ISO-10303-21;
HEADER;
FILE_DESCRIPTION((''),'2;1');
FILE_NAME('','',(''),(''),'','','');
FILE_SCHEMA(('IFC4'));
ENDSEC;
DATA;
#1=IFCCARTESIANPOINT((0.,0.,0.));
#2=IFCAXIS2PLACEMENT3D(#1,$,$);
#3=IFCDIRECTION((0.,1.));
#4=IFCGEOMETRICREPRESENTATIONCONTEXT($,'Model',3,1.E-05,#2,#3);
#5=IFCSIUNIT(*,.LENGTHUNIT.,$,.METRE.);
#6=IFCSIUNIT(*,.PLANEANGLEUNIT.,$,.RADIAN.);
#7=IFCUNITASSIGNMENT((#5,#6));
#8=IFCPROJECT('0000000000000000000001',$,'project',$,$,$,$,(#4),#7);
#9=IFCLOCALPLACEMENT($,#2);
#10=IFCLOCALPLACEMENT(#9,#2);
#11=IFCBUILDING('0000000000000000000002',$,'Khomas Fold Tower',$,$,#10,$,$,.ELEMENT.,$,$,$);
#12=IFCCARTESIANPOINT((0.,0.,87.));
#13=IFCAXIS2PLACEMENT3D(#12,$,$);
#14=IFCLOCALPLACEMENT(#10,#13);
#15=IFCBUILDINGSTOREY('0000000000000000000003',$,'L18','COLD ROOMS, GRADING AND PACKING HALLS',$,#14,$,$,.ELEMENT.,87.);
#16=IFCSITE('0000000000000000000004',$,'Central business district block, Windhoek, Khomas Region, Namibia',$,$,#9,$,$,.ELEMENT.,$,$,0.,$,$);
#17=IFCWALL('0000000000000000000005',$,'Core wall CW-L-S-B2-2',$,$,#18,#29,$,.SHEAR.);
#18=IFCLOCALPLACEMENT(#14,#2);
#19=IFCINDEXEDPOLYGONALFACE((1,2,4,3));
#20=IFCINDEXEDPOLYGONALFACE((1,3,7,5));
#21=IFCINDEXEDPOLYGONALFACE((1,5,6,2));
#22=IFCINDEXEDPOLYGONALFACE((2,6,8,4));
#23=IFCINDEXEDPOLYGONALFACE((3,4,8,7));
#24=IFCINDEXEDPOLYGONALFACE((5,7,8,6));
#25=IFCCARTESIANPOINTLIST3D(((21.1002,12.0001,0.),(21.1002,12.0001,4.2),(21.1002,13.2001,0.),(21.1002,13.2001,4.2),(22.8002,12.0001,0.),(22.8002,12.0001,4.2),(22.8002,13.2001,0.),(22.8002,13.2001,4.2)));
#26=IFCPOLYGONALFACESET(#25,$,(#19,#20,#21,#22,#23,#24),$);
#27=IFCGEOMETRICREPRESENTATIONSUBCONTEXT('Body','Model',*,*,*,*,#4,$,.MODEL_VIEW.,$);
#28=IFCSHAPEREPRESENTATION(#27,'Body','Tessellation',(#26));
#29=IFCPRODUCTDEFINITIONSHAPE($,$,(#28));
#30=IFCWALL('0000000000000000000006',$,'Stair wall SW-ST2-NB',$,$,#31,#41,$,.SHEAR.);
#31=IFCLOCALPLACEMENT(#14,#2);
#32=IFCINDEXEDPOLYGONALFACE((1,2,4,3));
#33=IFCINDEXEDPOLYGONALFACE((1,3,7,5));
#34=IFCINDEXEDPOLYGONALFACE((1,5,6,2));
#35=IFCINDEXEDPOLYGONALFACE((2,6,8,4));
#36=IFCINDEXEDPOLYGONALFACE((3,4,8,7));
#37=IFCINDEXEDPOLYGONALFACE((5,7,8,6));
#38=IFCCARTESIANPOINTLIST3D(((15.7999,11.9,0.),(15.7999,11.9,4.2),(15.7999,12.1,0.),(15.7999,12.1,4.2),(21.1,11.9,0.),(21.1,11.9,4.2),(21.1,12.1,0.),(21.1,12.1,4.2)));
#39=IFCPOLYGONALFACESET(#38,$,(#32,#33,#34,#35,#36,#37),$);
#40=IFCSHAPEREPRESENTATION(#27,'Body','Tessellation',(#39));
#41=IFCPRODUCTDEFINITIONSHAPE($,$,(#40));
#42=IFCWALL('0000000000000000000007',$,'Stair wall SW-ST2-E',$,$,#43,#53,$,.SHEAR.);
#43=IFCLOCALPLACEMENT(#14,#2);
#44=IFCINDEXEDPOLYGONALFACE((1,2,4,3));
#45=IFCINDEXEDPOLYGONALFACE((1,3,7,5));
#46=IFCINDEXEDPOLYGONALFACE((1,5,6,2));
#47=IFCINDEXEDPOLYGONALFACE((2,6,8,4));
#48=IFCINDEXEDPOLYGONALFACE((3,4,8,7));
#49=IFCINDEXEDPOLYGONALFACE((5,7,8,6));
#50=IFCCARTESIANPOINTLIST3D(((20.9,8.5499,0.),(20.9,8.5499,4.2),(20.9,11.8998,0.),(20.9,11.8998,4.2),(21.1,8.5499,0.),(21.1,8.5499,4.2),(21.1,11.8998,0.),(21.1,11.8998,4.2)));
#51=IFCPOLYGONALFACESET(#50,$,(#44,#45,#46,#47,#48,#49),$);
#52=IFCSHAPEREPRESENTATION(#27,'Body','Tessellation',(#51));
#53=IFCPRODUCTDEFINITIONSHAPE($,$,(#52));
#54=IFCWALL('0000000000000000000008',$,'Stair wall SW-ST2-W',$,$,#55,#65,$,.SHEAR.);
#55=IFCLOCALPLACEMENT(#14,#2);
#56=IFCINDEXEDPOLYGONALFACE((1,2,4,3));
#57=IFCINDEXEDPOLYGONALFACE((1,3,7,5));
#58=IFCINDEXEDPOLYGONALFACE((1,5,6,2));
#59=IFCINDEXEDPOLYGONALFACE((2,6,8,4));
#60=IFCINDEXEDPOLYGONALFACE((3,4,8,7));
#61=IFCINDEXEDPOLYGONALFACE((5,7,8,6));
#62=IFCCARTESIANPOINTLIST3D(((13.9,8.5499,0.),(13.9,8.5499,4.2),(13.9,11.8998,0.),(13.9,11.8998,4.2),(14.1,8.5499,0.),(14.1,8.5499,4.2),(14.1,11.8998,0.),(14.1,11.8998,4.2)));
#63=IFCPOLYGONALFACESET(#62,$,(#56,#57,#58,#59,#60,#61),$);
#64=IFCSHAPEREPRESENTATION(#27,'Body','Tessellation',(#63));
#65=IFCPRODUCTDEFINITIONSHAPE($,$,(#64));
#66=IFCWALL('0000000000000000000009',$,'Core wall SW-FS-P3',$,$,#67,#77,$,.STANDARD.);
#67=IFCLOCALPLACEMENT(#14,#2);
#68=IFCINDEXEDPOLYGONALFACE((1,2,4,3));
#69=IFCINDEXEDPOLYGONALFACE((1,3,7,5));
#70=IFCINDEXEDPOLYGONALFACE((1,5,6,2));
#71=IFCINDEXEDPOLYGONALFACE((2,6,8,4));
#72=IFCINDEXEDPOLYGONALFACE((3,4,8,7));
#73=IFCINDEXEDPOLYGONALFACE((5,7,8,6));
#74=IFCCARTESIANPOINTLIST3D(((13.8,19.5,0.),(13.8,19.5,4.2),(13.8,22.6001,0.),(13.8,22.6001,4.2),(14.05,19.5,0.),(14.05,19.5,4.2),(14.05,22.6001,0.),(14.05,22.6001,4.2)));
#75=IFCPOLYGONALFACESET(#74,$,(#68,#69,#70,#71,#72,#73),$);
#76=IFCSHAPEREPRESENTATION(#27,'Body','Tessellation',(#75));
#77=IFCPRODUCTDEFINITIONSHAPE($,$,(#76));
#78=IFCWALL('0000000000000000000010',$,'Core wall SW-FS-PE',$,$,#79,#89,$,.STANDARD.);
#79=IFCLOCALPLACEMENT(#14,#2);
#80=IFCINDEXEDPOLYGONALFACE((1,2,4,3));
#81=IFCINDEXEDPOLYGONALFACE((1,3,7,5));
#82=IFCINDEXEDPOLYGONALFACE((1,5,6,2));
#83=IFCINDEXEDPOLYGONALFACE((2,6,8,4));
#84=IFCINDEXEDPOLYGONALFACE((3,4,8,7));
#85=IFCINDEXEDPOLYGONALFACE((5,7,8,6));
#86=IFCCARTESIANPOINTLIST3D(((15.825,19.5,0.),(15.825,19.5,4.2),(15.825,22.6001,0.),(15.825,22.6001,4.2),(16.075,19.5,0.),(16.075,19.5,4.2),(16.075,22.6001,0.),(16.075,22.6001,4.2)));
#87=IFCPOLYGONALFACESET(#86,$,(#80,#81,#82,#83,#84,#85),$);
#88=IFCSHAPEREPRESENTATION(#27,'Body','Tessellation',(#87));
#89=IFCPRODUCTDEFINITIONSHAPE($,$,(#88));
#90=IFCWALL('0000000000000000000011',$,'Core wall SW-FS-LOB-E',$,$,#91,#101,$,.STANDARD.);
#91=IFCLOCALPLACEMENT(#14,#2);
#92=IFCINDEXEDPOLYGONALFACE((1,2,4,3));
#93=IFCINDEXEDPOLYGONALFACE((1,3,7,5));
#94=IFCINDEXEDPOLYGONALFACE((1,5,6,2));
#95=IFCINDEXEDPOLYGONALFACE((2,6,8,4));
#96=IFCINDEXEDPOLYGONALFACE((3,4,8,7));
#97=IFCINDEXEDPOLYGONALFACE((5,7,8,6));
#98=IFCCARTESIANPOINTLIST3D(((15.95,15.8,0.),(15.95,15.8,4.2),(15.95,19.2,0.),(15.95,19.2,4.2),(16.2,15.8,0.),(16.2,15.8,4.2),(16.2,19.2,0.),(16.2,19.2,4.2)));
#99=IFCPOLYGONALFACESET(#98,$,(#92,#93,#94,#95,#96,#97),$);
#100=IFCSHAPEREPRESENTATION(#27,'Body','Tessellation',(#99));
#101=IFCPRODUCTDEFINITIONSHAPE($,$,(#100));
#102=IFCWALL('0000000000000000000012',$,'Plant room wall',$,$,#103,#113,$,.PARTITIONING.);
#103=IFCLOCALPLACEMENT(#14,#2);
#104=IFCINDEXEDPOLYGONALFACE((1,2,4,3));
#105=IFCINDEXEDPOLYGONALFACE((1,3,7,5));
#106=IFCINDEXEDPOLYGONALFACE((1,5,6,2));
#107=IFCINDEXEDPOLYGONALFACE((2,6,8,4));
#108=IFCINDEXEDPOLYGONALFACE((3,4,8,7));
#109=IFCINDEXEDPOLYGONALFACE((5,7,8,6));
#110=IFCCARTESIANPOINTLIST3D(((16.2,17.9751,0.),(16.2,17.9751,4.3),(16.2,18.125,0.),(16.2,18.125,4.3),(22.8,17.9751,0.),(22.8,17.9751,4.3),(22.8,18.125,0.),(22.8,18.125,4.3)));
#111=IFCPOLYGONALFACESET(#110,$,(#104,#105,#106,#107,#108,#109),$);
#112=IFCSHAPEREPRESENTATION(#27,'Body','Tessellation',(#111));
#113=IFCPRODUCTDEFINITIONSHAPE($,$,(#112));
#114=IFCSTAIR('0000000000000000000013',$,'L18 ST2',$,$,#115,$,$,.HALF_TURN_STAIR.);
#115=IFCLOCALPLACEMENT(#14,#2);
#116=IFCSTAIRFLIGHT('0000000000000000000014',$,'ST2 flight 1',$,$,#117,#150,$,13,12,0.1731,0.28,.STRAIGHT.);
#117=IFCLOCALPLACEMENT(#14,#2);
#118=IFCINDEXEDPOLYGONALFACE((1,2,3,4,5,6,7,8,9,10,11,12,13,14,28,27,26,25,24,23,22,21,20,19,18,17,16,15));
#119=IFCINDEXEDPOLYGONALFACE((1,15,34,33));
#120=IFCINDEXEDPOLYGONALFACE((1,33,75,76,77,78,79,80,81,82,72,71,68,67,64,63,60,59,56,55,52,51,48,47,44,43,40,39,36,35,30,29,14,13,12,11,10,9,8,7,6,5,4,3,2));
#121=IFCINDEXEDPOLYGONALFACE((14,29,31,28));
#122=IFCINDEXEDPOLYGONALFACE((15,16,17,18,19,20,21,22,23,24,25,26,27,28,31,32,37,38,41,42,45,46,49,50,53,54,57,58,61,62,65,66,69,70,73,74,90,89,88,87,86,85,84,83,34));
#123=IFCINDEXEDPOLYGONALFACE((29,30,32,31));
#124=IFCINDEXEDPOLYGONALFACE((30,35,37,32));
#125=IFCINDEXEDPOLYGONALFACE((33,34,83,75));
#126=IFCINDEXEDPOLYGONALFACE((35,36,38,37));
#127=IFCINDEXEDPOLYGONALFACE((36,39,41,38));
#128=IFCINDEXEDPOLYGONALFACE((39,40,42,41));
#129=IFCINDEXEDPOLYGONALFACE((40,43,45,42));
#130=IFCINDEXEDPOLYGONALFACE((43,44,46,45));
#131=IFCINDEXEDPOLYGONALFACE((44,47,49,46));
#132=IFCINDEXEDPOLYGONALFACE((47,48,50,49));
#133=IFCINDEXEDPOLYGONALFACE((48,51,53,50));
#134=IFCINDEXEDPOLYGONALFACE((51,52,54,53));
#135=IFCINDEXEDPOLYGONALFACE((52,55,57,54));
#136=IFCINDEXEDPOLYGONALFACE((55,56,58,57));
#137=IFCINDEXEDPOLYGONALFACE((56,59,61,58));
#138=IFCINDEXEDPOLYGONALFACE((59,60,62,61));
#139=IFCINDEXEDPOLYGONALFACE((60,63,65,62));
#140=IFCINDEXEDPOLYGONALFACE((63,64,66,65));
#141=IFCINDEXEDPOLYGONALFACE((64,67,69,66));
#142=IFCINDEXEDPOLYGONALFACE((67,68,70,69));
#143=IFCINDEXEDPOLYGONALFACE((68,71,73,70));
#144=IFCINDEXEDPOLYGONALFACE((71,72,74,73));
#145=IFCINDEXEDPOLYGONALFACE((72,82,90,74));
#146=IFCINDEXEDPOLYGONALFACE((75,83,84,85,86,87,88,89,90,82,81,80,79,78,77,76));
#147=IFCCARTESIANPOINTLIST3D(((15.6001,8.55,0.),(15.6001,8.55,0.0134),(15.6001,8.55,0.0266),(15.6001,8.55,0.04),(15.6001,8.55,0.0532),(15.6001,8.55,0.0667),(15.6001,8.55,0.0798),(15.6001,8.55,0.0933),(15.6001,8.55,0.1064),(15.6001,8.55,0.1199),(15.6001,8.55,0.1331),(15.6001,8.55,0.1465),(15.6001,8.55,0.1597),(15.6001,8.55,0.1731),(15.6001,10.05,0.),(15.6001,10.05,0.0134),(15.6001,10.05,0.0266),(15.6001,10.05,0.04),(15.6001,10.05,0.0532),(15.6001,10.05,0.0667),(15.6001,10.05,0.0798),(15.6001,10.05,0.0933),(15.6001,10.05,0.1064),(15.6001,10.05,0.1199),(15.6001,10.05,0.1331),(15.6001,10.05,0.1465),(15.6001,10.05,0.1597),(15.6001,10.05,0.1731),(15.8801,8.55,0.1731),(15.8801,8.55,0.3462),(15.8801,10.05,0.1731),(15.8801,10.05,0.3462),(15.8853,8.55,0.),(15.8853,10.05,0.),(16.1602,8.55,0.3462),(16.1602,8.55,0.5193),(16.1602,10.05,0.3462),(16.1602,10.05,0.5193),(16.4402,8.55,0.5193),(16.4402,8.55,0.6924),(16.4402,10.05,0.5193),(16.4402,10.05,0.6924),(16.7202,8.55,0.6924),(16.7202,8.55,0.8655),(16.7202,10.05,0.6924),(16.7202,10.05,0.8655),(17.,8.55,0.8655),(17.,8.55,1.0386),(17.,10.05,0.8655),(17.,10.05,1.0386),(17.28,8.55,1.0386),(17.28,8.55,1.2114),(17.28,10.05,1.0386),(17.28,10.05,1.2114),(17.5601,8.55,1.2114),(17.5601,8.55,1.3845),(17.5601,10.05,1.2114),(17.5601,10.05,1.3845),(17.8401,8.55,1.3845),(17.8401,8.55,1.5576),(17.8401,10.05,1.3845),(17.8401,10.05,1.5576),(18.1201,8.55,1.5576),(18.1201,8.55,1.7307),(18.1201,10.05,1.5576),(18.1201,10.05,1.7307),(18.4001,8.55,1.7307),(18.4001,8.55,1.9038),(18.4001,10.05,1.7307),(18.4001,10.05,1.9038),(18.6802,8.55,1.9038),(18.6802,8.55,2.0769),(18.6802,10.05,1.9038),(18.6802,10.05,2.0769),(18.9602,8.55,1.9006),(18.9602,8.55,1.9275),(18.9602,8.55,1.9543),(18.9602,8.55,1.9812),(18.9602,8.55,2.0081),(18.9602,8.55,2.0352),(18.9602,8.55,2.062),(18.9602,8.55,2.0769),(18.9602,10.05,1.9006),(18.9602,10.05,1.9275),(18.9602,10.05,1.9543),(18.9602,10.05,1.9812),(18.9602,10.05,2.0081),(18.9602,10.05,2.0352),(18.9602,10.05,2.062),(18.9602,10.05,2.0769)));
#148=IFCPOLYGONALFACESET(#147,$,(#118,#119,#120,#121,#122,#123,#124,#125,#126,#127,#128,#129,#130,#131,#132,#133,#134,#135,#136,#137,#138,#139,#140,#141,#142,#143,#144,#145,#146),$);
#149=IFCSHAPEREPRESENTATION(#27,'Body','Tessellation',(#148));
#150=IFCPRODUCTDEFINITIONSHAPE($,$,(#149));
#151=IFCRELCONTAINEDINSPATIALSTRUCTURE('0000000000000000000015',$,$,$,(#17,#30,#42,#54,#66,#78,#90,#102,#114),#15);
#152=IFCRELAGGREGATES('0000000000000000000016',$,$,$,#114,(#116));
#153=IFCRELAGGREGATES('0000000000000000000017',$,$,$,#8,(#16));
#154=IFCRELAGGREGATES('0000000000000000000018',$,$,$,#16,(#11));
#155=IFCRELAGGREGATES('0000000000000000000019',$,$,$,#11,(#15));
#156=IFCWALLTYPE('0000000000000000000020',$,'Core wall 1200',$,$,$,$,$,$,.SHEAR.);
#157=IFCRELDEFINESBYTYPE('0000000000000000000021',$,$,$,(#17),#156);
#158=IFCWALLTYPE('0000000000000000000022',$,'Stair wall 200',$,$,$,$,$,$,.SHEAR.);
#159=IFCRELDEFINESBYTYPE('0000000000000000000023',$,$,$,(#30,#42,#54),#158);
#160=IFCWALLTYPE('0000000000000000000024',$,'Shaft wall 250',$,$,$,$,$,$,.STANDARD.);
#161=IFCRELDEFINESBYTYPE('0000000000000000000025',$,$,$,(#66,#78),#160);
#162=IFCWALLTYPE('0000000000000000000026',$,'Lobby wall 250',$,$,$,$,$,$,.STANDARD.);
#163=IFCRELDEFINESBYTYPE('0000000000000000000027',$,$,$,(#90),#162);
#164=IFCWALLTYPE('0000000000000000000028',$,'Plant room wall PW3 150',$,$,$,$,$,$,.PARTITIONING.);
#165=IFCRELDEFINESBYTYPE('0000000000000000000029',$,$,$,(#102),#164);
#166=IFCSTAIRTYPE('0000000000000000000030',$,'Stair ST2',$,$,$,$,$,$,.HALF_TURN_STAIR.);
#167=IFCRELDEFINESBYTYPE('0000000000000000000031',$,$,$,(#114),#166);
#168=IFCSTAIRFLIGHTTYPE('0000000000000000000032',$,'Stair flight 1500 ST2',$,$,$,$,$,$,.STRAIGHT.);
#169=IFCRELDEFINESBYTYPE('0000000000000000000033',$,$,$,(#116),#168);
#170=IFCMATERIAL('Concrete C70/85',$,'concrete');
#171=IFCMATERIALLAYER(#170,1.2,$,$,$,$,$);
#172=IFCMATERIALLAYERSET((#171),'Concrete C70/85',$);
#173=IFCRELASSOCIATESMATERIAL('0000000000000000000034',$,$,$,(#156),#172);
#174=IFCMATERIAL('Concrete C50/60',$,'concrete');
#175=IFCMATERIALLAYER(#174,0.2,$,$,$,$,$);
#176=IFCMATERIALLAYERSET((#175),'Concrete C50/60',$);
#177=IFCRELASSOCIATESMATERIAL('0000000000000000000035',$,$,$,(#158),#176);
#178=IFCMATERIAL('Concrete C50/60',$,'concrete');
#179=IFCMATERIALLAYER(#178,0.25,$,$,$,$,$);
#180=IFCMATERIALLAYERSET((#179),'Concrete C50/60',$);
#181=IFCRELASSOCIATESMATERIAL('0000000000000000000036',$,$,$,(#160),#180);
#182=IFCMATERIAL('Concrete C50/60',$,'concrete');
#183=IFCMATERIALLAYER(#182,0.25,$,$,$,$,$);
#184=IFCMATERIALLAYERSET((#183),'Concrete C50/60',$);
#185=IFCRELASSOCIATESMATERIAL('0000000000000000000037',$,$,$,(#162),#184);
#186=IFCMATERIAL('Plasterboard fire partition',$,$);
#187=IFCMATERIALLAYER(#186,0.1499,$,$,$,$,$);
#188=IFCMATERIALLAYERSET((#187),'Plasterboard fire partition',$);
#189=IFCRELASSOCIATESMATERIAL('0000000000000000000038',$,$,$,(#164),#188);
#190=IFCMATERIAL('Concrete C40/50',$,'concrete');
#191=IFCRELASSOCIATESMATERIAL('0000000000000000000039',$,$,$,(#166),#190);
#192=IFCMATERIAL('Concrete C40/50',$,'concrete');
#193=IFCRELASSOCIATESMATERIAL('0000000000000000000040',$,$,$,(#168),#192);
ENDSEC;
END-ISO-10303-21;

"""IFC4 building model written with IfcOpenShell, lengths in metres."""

from ifc_helpers import new_model, si_unit, direction, frame, frame_2d, origin, place, context, subcontext, project, spatial, polyline, rectangle, outline, extrude, source, transform, mapped, material, layer, layer_set, type_object, element, aggregate, save


model = new_model("IFC4")

# Units and contexts
model_context = context("Model", 3, precision=1e-05, world=origin(), true_north=direction((0.0, 1.0)))
body_context = subcontext(model_context, "Body", "Model", "MODEL_VIEW")
ifc_project = project(units=[si_unit("LENGTHUNIT", "METRE"), si_unit("PLANEANGLEUNIT", "RADIAN")], contexts=[model_context])

# Site, building, storey
site_placement = place(None, origin())
site = spatial("IfcSite", under=ifc_project, at=site_placement, Name="Central business district block, Windhoek, Khomas Region, Namibia", CompositionType="ELEMENT", RefElevation=0.0)
building_placement = place(site_placement, origin())
building = spatial("IfcBuilding", under=site, at=building_placement, Name="Khomas Fold Tower", CompositionType="ELEMENT")
storey_placement = place(building_placement, frame((0.0, 0.0, 87.0)))
storey = spatial("IfcBuildingStorey", under=building, at=storey_placement, Name="L18", Description="COLD ROOMS, GRADING AND PACKING HALLS", CompositionType="ELEMENT", Elevation=87.0)

# Walls
ifc_material_1 = material(Name="Concrete C70/85", Category="concrete")
ifc_layer_1 = layer(ifc_material_1, 1.2)
ifc_layer_set_1 = layer_set([ifc_layer_1], Name="Concrete C70/85")
wall_type_1 = type_object("IfcWallType", Name="Core wall 1200", PredefinedType="SHEAR", material=ifc_layer_set_1)
shared_shape_1 = source(origin(), body_context, "Body", "SweptSolid", [
    extrude(rectangle(XDim=1.7, YDim=1.2, at=frame_2d((0.8501, 0.0))), origin(), (0.0, 0.0, 1.0), 4.2),
])
wall_1_placement = place(storey_placement, frame((21.1001, 12.6001, 0.0), z_axis=(0.0, 0.0, 1.0), x_axis=(1.0, 0.0, 0.0)))
element("IfcWall", 1, at=wall_1_placement, inside=storey, type_object=wall_type_1, Name="Core wall CW-L-S-B2-2", PredefinedType="SHEAR", context=body_context, shape_type="MappedRepresentation", body=[
    mapped(shared_shape_1, transform((0.0, 0.0, 0.0))),
])
ifc_material_2 = material(Name="Concrete C50/60", Category="concrete")
ifc_layer_2 = layer(ifc_material_2, 0.2)
ifc_layer_set_2 = layer_set([ifc_layer_2], Name="Concrete C50/60")
wall_type_2 = type_object("IfcWallType", Name="Stair wall 200", PredefinedType="SHEAR", material=ifc_layer_set_2)
shared_shape_2 = source(origin(), body_context, "Body", "SweptSolid", [
    extrude(rectangle(XDim=5.3, YDim=0.2, at=frame_2d((2.6499, 0.0))), origin(), (0.0, 0.0, 1.0), 4.2),
])
wall_2_placement = place(storey_placement, frame((15.8, 12.0, 0.0), z_axis=(0.0, 0.0, 1.0), x_axis=(1.0, 0.0, 0.0)))
element("IfcWall", 2, at=wall_2_placement, inside=storey, type_object=wall_type_2, Name="Stair wall SW-ST2-NB", PredefinedType="SHEAR", context=body_context, shape_type="MappedRepresentation", body=[
    mapped(shared_shape_2, transform((0.0, 0.0, 0.0))),
])
shared_shape_3 = source(origin(), body_context, "Body", "SweptSolid", [
    extrude(rectangle(XDim=3.3499, YDim=0.2, at=frame_2d((1.6748, 0.0))), origin(), (0.0, 0.0, 1.0), 4.2),
])
for number, where, z_axis, x_axis, name in (
    (3, (21.0, 8.55, 0.0), (0.0, 0.0, 1.0), (0.0, 1.0, 0.0), "Stair wall SW-ST2-E"),
    (4, (14.0, 8.55, 0.0), (0.0, 0.0, 1.0), (0.0, 1.0, 0.0), "Stair wall SW-ST2-W"),
):
    element("IfcWall", number, at=place(storey_placement, frame(where, z_axis=z_axis, x_axis=x_axis)), inside=storey, type_object=wall_type_2, Name=name, PredefinedType="SHEAR", context=body_context, shape_type="MappedRepresentation", body=[
        mapped(shared_shape_3, transform((0.0, 0.0, 0.0))),
    ])
ifc_material_3 = material(Name="Concrete C50/60", Category="concrete")
ifc_layer_3 = layer(ifc_material_3, 0.25)
ifc_layer_set_3 = layer_set([ifc_layer_3], Name="Concrete C50/60")
wall_type_3 = type_object("IfcWallType", Name="Shaft wall 250", PredefinedType="STANDARD", material=ifc_layer_set_3)
shared_shape_4 = source(origin(), body_context, "Body", "SweptSolid", [
    extrude(rectangle(XDim=3.1001, YDim=0.25, at=frame_2d((1.55, 0.0))), origin(), (0.0, 0.0, 1.0), 4.2),
])
for number, where, z_axis, x_axis, name in (
    (5, (13.925, 19.5, 0.0), (0.0, 0.0, 1.0), (0.0, 1.0, 0.0), "Core wall SW-FS-P3"),
    (6, (15.95, 19.5, 0.0), (0.0, 0.0, 1.0), (0.0, 1.0, 0.0), "Core wall SW-FS-PE"),
):
    element("IfcWall", number, at=place(storey_placement, frame(where, z_axis=z_axis, x_axis=x_axis)), inside=storey, type_object=wall_type_3, Name=name, PredefinedType="STANDARD", context=body_context, shape_type="MappedRepresentation", body=[
        mapped(shared_shape_4, transform((0.0, 0.0, 0.0))),
    ])
ifc_material_4 = material(Name="Concrete C50/60", Category="concrete")
ifc_layer_4 = layer(ifc_material_4, 0.25)
ifc_layer_set_4 = layer_set([ifc_layer_4], Name="Concrete C50/60")
wall_type_4 = type_object("IfcWallType", Name="Lobby wall 250", PredefinedType="STANDARD", material=ifc_layer_set_4)
shared_shape_5 = source(origin(), body_context, "Body", "SweptSolid", [
    extrude(rectangle(XDim=3.3999, YDim=0.25, at=frame_2d((1.7, 0.0))), origin(), (0.0, 0.0, 1.0), 4.2),
])
wall_3_placement = place(storey_placement, frame((16.075, 15.8, 0.0), z_axis=(0.0, 0.0, 1.0), x_axis=(0.0, 1.0, 0.0)))
element("IfcWall", 7, at=wall_3_placement, inside=storey, type_object=wall_type_4, Name="Core wall SW-FS-LOB-E", PredefinedType="STANDARD", context=body_context, shape_type="MappedRepresentation", body=[
    mapped(shared_shape_5, transform((0.0, 0.0, 0.0))),
])
ifc_material_5 = material(Name="Plasterboard fire partition")
ifc_layer_5 = layer(ifc_material_5, 0.1499)
ifc_layer_set_5 = layer_set([ifc_layer_5], Name="Plasterboard fire partition")
wall_type_5 = type_object("IfcWallType", Name="Plant room wall PW3 150", PredefinedType="PARTITIONING", material=ifc_layer_set_5)
shared_shape_6 = source(origin(), body_context, "Body", "SweptSolid", [
    extrude(rectangle(XDim=6.6001, YDim=0.1499, at=frame_2d((3.3, 0.0))), origin(), (0.0, 0.0, 1.0), 4.3),
])
wall_4_placement = place(storey_placement, frame((16.2, 18.05, 0.0), z_axis=(0.0, 0.0, 1.0), x_axis=(1.0, 0.0, 0.0)))
element("IfcWall", 8, at=wall_4_placement, inside=storey, type_object=wall_type_5, Name="Plant room wall", PredefinedType="PARTITIONING", context=body_context, shape_type="MappedRepresentation", body=[
    mapped(shared_shape_6, transform((0.0, 0.0, 0.0))),
])

# Stair, stair flight
ifc_material_6 = material(Name="Concrete C40/50", Category="concrete")
stair_type = type_object("IfcStairType", Name="Stair ST2", PredefinedType="HALF_TURN_STAIR", material=ifc_material_6)
stair_placement = place(storey_placement, origin())
stair = element("IfcStair", 9, at=stair_placement, inside=storey, type_object=stair_type, Name="L18 ST2", PredefinedType="HALF_TURN_STAIR")
ifc_material_7 = material(Name="Concrete C40/50", Category="concrete")
stair_flight_type = type_object("IfcStairFlightType", Name="Stair flight 1500 ST2", PredefinedType="STRAIGHT", material=ifc_material_7)
shared_shape_7 = source(origin(), body_context, "Body", "SweptSolid", [
    extrude(outline(polyline([(0.0, 0.0), (0.0, 0.0134), (0.0, 0.0266), (0.0, 0.04), (0.0, 0.0532), (0.0, 0.0667), (0.0, 0.0798), (0.0, 0.0933), (0.0, 0.1064), (0.0, 0.1199), (0.0, 0.1331), (0.0, 0.1465), (0.0, 0.1597), (0.0, 0.1731), (0.28, 0.1731), (0.28, 0.3462), (0.5601, 0.3462), (0.5601, 0.5193), (0.8401, 0.5193), (0.8401, 0.6924), (1.1201, 0.6924), (1.1201, 0.8655), (1.3999, 0.8655), (1.3999, 1.0386), (1.6799, 1.0386), (1.6799, 1.2114), (1.96, 1.2114), (1.96, 1.3845), (2.24, 1.3845), (2.24, 1.5576), (2.52, 1.5576), (2.52, 1.7307), (2.8, 1.7307), (2.8, 1.9038), (3.0801, 1.9038), (3.0801, 2.0769), (3.3601, 2.0769), (3.3601, 2.25), (3.3601, 2.2231), (3.3601, 2.1963), (3.3601, 2.1694), (3.3601, 2.1426), (3.3601, 2.1157), (3.3601, 2.0889), (3.3601, 2.062), (3.3601, 2.0352), (3.3601, 2.0081), (3.3601, 1.9812), (3.3601, 1.9543), (3.3601, 1.9275), (3.3601, 1.9006), (0.2852, 0.0), (0.0, 0.0)])), frame((0.0, 0.75, 0.0), z_axis=(0.0, -1.0, 0.0), x_axis=(1.0, 0.0, 0.0)), (0.0, 0.0, 1.0), 1.5),
])
stair_flight_1_placement = place(storey_placement, frame((15.6001, 9.3, 0.0), z_axis=(0.0, 0.0, 1.0), x_axis=(1.0, 0.0, 0.0)))
stair_flight_1 = element("IfcStairFlight", 10, at=stair_flight_1_placement, type_object=stair_flight_type, Name="ST2 flight 1", NumberOfRisers=13, NumberOfTreads=12, PredefinedType="STRAIGHT", RiserHeight=0.1731, TreadLength=0.28, context=body_context, shape_type="MappedRepresentation", body=[
    mapped(shared_shape_7, transform((0.0, 0.0, 0.0))),
])
aggregate(stair, [stair_flight_1])

save(model, "model.ifc")
